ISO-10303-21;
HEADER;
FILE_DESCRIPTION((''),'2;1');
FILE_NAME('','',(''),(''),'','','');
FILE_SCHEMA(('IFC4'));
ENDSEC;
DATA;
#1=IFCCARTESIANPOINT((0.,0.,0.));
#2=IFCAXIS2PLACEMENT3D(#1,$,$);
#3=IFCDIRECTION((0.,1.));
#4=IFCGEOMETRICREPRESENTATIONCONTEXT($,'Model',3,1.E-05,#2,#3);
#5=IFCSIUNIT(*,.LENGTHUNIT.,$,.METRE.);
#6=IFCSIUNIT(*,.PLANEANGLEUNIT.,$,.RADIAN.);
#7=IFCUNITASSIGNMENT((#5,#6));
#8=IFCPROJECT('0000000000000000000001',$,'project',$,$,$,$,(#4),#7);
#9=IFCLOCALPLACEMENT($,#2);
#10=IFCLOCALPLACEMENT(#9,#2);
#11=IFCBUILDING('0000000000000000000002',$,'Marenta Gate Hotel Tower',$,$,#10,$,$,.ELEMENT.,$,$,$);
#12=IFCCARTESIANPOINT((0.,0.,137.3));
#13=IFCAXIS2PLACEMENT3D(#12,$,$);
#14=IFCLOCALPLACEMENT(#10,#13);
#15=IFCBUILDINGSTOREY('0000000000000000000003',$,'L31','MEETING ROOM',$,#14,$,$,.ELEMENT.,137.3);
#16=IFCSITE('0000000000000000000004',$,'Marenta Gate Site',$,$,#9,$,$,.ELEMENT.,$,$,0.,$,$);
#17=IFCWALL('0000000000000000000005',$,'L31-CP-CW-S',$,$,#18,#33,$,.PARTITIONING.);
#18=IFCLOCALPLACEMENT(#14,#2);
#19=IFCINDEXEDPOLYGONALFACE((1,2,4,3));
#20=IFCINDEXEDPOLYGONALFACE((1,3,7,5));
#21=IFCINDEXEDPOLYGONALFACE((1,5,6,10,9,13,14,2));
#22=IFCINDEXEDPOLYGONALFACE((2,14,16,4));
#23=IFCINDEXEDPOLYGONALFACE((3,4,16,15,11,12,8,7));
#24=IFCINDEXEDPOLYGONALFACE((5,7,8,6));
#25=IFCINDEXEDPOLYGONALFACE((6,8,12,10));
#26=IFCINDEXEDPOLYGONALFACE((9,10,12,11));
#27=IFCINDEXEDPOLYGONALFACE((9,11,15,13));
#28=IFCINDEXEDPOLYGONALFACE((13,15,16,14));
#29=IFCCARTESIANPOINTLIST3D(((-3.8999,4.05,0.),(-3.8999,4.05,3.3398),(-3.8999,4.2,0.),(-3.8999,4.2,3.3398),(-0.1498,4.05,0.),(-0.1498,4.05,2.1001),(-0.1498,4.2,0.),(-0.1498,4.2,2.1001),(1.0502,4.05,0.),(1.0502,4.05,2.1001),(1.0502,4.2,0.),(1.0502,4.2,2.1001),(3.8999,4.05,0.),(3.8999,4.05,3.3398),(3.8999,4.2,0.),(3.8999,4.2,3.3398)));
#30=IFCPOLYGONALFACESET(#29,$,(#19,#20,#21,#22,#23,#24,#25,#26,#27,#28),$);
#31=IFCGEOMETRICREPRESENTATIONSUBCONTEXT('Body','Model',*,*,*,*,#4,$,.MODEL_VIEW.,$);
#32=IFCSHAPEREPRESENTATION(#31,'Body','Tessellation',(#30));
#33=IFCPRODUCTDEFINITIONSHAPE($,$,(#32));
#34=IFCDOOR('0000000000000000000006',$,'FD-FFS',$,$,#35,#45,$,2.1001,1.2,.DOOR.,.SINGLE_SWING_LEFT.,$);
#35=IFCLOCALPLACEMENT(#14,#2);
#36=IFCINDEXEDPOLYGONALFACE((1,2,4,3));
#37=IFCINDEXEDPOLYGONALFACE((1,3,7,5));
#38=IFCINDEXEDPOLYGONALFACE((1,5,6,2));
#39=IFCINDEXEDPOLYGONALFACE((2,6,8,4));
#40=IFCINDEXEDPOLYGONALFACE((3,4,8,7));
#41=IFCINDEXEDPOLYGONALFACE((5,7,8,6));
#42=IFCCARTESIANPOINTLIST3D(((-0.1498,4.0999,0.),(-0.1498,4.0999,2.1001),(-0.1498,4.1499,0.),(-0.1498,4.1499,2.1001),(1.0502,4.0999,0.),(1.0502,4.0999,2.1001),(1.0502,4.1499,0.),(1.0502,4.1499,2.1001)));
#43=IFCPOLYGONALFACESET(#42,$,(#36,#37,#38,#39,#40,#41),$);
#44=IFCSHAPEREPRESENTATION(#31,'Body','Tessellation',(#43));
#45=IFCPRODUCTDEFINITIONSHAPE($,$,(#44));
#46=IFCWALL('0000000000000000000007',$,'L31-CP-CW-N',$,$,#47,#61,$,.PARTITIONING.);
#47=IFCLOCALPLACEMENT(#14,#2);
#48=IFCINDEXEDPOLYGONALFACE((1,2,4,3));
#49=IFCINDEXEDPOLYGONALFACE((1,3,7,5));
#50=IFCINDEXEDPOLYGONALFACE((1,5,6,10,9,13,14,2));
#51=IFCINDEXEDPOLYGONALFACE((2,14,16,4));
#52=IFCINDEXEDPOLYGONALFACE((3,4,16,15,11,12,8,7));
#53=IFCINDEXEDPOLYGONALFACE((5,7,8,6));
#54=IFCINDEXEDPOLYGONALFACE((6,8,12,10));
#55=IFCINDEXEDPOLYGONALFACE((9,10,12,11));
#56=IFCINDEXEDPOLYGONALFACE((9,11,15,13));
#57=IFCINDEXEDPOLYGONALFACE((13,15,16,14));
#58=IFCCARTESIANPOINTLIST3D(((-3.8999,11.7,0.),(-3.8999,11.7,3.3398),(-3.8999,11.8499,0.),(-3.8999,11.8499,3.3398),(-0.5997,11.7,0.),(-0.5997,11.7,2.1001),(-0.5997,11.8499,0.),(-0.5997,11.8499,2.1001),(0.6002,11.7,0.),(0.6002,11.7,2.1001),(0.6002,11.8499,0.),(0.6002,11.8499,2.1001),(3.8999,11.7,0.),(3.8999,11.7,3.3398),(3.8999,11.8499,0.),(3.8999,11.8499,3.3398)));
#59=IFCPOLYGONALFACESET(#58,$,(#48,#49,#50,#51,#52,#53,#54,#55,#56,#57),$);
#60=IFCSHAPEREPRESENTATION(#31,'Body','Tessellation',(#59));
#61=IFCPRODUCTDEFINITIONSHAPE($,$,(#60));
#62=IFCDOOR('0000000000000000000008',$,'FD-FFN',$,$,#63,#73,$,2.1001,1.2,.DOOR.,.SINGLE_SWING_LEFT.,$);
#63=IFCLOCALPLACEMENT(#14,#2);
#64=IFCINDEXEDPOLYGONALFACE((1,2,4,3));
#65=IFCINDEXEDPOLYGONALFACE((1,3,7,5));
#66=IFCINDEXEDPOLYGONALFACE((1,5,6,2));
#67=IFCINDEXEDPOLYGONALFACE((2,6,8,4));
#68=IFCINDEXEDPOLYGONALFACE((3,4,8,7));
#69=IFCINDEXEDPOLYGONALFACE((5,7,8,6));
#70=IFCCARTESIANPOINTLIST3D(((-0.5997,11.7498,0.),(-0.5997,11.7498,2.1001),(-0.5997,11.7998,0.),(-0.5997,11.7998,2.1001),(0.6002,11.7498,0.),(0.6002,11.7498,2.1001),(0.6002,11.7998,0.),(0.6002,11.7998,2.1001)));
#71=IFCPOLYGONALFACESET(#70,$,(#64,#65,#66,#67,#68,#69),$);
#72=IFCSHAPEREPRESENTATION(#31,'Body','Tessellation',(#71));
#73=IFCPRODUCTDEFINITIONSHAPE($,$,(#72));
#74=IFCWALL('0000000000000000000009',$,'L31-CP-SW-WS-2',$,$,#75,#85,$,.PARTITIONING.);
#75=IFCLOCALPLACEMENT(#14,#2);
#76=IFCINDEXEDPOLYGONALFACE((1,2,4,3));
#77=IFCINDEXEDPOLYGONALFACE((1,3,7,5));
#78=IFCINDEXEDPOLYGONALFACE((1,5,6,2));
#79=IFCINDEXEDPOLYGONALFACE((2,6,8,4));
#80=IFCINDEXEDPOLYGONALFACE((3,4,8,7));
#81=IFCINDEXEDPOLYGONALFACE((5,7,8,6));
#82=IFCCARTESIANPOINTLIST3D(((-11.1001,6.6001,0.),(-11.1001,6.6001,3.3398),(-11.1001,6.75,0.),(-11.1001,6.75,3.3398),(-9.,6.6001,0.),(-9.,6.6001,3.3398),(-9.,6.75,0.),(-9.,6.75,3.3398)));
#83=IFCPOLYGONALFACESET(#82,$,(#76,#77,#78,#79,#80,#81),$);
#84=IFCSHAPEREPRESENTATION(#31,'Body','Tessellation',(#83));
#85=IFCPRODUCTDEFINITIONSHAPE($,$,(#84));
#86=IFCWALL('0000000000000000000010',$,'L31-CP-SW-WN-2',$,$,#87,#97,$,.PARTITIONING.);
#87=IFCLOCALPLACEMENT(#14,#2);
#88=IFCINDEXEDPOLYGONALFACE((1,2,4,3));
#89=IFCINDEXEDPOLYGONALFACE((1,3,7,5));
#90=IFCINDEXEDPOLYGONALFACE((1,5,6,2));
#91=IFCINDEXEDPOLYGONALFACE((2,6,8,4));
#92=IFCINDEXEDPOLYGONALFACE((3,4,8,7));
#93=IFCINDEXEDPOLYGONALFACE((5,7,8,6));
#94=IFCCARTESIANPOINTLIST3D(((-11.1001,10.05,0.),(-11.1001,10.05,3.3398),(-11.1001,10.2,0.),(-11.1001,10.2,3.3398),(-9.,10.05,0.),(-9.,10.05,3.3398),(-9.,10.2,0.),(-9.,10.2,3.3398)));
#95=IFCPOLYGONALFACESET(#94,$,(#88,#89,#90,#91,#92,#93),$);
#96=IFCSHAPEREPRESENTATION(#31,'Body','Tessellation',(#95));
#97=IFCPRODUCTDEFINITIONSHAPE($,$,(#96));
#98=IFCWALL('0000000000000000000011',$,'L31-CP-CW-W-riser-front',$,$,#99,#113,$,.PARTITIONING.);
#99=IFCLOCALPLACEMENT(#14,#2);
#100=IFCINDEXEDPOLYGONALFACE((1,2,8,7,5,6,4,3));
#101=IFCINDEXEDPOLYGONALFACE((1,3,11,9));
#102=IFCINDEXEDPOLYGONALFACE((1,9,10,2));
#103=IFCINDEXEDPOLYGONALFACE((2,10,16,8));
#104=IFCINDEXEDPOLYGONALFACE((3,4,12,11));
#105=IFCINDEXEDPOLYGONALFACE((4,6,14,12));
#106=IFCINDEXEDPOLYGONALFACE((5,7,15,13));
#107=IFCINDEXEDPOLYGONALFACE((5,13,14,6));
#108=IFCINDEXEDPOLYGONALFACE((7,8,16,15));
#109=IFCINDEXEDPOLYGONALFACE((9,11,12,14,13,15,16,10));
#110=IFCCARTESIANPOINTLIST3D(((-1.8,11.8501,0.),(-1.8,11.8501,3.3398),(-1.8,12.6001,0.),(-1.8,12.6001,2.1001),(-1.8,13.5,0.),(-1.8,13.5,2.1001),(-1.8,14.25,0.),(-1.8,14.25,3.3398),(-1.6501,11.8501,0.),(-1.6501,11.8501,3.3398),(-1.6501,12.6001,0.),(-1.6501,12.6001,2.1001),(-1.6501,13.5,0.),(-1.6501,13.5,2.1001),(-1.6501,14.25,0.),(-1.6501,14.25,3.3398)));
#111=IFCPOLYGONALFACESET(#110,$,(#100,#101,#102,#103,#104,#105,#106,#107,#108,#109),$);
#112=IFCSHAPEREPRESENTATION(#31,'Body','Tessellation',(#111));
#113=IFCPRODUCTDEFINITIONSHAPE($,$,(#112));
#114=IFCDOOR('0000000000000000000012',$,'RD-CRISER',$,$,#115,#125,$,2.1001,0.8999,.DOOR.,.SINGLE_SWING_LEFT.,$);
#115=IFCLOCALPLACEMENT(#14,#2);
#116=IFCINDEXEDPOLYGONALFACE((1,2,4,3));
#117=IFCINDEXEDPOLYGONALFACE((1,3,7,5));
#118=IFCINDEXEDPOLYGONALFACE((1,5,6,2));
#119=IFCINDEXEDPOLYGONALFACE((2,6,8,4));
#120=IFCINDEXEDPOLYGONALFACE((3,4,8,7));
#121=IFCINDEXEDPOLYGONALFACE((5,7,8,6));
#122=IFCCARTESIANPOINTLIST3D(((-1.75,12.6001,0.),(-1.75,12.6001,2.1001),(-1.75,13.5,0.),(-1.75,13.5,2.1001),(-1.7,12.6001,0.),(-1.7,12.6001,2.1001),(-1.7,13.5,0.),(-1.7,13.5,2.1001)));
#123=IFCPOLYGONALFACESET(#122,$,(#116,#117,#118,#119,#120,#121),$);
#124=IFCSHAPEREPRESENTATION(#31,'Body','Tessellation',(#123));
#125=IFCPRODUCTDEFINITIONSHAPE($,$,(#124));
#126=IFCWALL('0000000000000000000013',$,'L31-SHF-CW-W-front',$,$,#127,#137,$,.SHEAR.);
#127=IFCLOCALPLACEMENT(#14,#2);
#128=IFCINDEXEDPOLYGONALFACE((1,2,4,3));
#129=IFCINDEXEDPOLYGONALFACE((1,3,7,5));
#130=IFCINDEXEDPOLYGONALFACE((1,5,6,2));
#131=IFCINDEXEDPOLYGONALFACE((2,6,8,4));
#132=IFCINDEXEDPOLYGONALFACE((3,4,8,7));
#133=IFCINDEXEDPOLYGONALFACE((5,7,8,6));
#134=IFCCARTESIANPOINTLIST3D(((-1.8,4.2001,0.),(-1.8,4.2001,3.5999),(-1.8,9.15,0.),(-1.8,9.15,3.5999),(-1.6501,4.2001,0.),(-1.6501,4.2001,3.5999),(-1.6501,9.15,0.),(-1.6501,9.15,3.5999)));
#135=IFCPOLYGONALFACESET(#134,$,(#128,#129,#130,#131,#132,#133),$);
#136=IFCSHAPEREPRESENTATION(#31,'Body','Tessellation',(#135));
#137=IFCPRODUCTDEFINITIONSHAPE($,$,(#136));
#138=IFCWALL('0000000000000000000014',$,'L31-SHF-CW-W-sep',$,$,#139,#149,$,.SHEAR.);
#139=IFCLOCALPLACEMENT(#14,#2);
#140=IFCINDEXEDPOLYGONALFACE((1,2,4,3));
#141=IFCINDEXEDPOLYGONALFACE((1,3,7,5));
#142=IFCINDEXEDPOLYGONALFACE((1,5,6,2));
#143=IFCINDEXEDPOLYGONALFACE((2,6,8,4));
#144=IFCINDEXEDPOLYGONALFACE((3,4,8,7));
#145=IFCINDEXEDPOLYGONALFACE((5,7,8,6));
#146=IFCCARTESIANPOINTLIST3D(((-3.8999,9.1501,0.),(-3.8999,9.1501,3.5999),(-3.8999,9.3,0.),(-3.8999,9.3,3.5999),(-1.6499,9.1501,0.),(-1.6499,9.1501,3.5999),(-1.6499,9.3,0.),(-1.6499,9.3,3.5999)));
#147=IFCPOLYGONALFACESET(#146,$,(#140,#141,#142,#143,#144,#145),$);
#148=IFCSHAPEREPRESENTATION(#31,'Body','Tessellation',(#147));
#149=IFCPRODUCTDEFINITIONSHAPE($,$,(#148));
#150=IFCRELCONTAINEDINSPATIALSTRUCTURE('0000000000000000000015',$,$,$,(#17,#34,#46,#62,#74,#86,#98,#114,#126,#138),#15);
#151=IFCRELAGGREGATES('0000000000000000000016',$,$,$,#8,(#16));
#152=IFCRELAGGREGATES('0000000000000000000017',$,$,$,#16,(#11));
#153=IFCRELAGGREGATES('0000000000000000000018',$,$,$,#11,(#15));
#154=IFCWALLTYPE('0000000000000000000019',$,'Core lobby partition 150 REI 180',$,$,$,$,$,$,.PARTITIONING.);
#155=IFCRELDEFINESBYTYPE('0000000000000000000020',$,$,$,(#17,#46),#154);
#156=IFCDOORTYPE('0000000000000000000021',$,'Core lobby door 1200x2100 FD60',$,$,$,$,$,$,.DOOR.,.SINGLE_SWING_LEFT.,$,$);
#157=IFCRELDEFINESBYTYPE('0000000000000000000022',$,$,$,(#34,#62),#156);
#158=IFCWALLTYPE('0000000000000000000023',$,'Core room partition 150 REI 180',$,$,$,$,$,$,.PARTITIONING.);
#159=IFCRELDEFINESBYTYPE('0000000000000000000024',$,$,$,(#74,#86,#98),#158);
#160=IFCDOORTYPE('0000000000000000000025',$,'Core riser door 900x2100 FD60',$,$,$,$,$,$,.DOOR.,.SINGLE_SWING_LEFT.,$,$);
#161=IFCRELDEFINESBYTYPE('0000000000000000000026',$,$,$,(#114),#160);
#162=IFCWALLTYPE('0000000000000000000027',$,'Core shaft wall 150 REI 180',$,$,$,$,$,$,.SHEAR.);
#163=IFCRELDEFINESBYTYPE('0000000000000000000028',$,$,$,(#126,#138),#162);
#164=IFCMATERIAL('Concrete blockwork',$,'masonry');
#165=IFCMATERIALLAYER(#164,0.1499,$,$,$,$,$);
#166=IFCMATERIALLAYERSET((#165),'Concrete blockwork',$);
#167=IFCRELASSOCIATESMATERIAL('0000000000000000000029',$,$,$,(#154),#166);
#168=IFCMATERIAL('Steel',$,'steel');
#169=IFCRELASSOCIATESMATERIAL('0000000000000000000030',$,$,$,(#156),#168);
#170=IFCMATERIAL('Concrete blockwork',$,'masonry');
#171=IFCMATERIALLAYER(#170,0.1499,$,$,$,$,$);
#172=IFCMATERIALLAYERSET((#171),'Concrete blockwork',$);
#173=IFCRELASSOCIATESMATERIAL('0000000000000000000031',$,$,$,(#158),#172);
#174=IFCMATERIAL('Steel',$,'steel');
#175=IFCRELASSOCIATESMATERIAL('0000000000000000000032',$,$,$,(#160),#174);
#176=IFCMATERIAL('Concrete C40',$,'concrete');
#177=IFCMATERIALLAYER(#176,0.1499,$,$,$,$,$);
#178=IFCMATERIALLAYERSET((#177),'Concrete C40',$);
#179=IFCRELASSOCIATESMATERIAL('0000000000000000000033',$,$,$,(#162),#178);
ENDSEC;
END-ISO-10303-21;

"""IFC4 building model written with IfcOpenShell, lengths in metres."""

from ifc_helpers import new_model, si_unit, direction, frame, frame_2d, origin, place, context, subcontext, project, spatial, rectangle, extrude, material, layer, layer_set, type_object, element, fill, save


model = new_model("IFC4")

# Units and contexts
model_context = context("Model", 3, precision=1e-05, world=origin(), true_north=direction((0.0, 1.0)))
body_context = subcontext(model_context, "Body", "Model", "MODEL_VIEW")
ifc_project = project(units=[si_unit("LENGTHUNIT", "METRE"), si_unit("PLANEANGLEUNIT", "RADIAN")], contexts=[model_context])

# Site, building, storey
site_placement = place(None, origin())
site = spatial("IfcSite", under=ifc_project, at=site_placement, Name="Marenta Gate Site", CompositionType="ELEMENT", RefElevation=0.0)
building_placement = place(site_placement, origin())
building = spatial("IfcBuilding", under=site, at=building_placement, Name="Marenta Gate Hotel Tower", CompositionType="ELEMENT")
storey_placement = place(building_placement, frame((0.0, 0.0, 137.3)))
storey = spatial("IfcBuildingStorey", under=building, at=storey_placement, Name="L31", Description="MEETING ROOM", CompositionType="ELEMENT", Elevation=137.3)

# Walls, openings, doors
ifc_material_1 = material(Name="Concrete blockwork", Category="masonry")
ifc_layer_1 = layer(ifc_material_1, 0.1499)
ifc_layer_set_1 = layer_set([ifc_layer_1], Name="Concrete blockwork")
wall_type_1 = type_object("IfcWallType", Name="Core lobby partition 150 REI 180", PredefinedType="PARTITIONING", material=ifc_layer_set_1)
wall_1_placement = place(storey_placement, frame((-3.8999, 4.125, 0.0), z_axis=(0.0, 0.0, 1.0), x_axis=(1.0, 0.0, 0.0)))
wall_1 = element("IfcWall", 1, at=wall_1_placement, inside=storey, type_object=wall_type_1, Name="L31-CP-CW-S", PredefinedType="PARTITIONING", context=body_context, shape_type="SweptSolid", body=[
    extrude(rectangle(XDim=7.7998, YDim=0.1499, at=frame_2d((3.8999, 0.0))), origin(), (0.0, 0.0, 1.0), 3.3398),
])
opening_1_placement = place(wall_1_placement, frame((3.75, 0.0, 0.0)))
opening_1 = element("IfcOpeningElement", 2, at=opening_1_placement, cuts=wall_1, PredefinedType="OPENING", context=body_context, shape_type="SweptSolid", body=[
    extrude(rectangle(XDim=1.2, YDim=2.1001, at=frame_2d((0.6001, 1.05))), frame((0.0, 0.075, 0.0), z_axis=(0.0, -1.0, 0.0), x_axis=(1.0, 0.0, 0.0)), (0.0, 0.0, 1.0), 0.1499),
])
ifc_material_2 = material(Name="Steel", Category="steel")
door_type_1 = type_object("IfcDoorType", Name="Core lobby door 1200x2100 FD60", OperationType="SINGLE_SWING_LEFT", PredefinedType="DOOR", material=ifc_material_2)
door_1_placement = place(opening_1_placement, origin())
door_1 = element("IfcDoor", 3, at=door_1_placement, inside=storey, type_object=door_type_1, Name="FD-FFS", OperationType="SINGLE_SWING_LEFT", OverallHeight=2.1001, OverallWidth=1.2, PredefinedType="DOOR", context=body_context, shape_type="SweptSolid", body=[
    extrude(rectangle(XDim=1.2, YDim=2.1001, at=frame_2d((0.6001, 1.05))), frame((0.0, 0.0249, 0.0), z_axis=(0.0, -1.0, 0.0), x_axis=(1.0, 0.0, 0.0)), (0.0, 0.0, 1.0), 0.05),
])
fill(opening_1, door_1)
wall_2_placement = place(storey_placement, frame((-3.8999, 11.7749, 0.0), z_axis=(0.0, 0.0, 1.0), x_axis=(1.0, 0.0, 0.0)))
wall_2 = element("IfcWall", 4, at=wall_2_placement, inside=storey, type_object=wall_type_1, Name="L31-CP-CW-N", PredefinedType="PARTITIONING", context=body_context, shape_type="SweptSolid", body=[
    extrude(rectangle(XDim=7.7998, YDim=0.1499, at=frame_2d((3.8999, 0.0))), origin(), (0.0, 0.0, 1.0), 3.3398),
])
opening_2_placement = place(wall_2_placement, frame((3.3, 0.0, 0.0)))
opening_2 = element("IfcOpeningElement", 5, at=opening_2_placement, cuts=wall_2, PredefinedType="OPENING", context=body_context, shape_type="SweptSolid", body=[
    extrude(rectangle(XDim=1.2, YDim=2.1001, at=frame_2d((0.6001, 1.05))), frame((0.0, 0.075, 0.0), z_axis=(0.0, -1.0, 0.0), x_axis=(1.0, 0.0, 0.0)), (0.0, 0.0, 1.0), 0.1499),
])
door_2_placement = place(opening_2_placement, origin())
door_2 = element("IfcDoor", 6, at=door_2_placement, inside=storey, type_object=door_type_1, Name="FD-FFN", OperationType="SINGLE_SWING_LEFT", OverallHeight=2.1001, OverallWidth=1.2, PredefinedType="DOOR", context=body_context, shape_type="SweptSolid", body=[
    extrude(rectangle(XDim=1.2, YDim=2.1001, at=frame_2d((0.6001, 1.05))), frame((0.0, 0.0249, 0.0), z_axis=(0.0, -1.0, 0.0), x_axis=(1.0, 0.0, 0.0)), (0.0, 0.0, 1.0), 0.05),
])
fill(opening_2, door_2)

# Walls
ifc_material_3 = material(Name="Concrete blockwork", Category="masonry")
ifc_layer_2 = layer(ifc_material_3, 0.1499)
ifc_layer_set_2 = layer_set([ifc_layer_2], Name="Concrete blockwork")
wall_type_2 = type_object("IfcWallType", Name="Core room partition 150 REI 180", PredefinedType="PARTITIONING", material=ifc_layer_set_2)
for number, where, z_axis, x_axis, name in (
    (7, (-11.1001, 6.675, 0.0), (0.0, 0.0, 1.0), (1.0, 0.0, 0.0), "L31-CP-SW-WS-2"),
    (8, (-11.1001, 10.125, 0.0), (0.0, 0.0, 1.0), (1.0, 0.0, 0.0), "L31-CP-SW-WN-2"),
):
    element("IfcWall", number, at=place(storey_placement, frame(where, z_axis=z_axis, x_axis=x_axis)), inside=storey, type_object=wall_type_2, Name=name, PredefinedType="PARTITIONING", context=body_context, shape_type="SweptSolid", body=[
        extrude(rectangle(XDim=2.1001, YDim=0.1499, at=frame_2d((1.05, 0.0))), origin(), (0.0, 0.0, 1.0), 3.3398),
    ])

# Wall, opening, door
wall_3_placement = place(storey_placement, frame((-1.7251, 11.8501, 0.0), z_axis=(0.0, 0.0, 1.0), x_axis=(0.0, 1.0, 0.0)))
wall_3 = element("IfcWall", 9, at=wall_3_placement, inside=storey, type_object=wall_type_2, Name="L31-CP-CW-W-riser-front", PredefinedType="PARTITIONING", context=body_context, shape_type="SweptSolid", body=[
    extrude(rectangle(XDim=2.3999, YDim=0.1499, at=frame_2d((1.2, 0.0))), origin(), (0.0, 0.0, 1.0), 3.3398),
])
opening_3_placement = place(wall_3_placement, frame((0.75, 0.0, 0.0)))
opening_3 = element("IfcOpeningElement", 10, at=opening_3_placement, cuts=wall_3, PredefinedType="OPENING", context=body_context, shape_type="SweptSolid", body=[
    extrude(rectangle(XDim=0.8999, YDim=2.1001, at=frame_2d((0.45, 1.05))), frame((0.0, 0.075, 0.0), z_axis=(0.0, -1.0, 0.0), x_axis=(1.0, 0.0, 0.0)), (0.0, 0.0, 1.0), 0.1499),
])
ifc_material_4 = material(Name="Steel", Category="steel")
door_type_2 = type_object("IfcDoorType", Name="Core riser door 900x2100 FD60", OperationType="SINGLE_SWING_LEFT", PredefinedType="DOOR", material=ifc_material_4)
door_3_placement = place(opening_3_placement, origin())
door_3 = element("IfcDoor", 11, at=door_3_placement, inside=storey, type_object=door_type_2, Name="RD-CRISER", OperationType="SINGLE_SWING_LEFT", OverallHeight=2.1001, OverallWidth=0.8999, PredefinedType="DOOR", context=body_context, shape_type="SweptSolid", body=[
    extrude(rectangle(XDim=0.8999, YDim=2.1001, at=frame_2d((0.45, 1.05))), frame((0.0, 0.0249, 0.0), z_axis=(0.0, -1.0, 0.0), x_axis=(1.0, 0.0, 0.0)), (0.0, 0.0, 1.0), 0.05),
])
fill(opening_3, door_3)

# Walls
ifc_material_5 = material(Name="Concrete C40", Category="concrete")
ifc_layer_3 = layer(ifc_material_5, 0.1499)
ifc_layer_set_3 = layer_set([ifc_layer_3], Name="Concrete C40")
wall_type_3 = type_object("IfcWallType", Name="Core shaft wall 150 REI 180", PredefinedType="SHEAR", material=ifc_layer_set_3)
wall_4_placement = place(storey_placement, frame((-1.7251, 4.2, 0.0), z_axis=(0.0, 0.0, 1.0), x_axis=(0.0, 1.0, 0.0)))
element("IfcWall", 12, at=wall_4_placement, inside=storey, type_object=wall_type_3, Name="L31-SHF-CW-W-front", PredefinedType="SHEAR", context=body_context, shape_type="SweptSolid", body=[
    extrude(rectangle(XDim=4.95, YDim=0.1499, at=frame_2d((2.4751, 0.0))), origin(), (0.0, 0.0, 1.0), 3.5999),
])
wall_5_placement = place(storey_placement, frame((-3.8999, 9.2251, 0.0), z_axis=(0.0, 0.0, 1.0), x_axis=(1.0, 0.0, 0.0)))
element("IfcWall", 13, at=wall_5_placement, inside=storey, type_object=wall_type_3, Name="L31-SHF-CW-W-sep", PredefinedType="SHEAR", context=body_context, shape_type="SweptSolid", body=[
    extrude(rectangle(XDim=2.25, YDim=0.1499, at=frame_2d((1.125, 0.0))), origin(), (0.0, 0.0, 1.0), 3.5999),
])

save(model, "model.ifc")
